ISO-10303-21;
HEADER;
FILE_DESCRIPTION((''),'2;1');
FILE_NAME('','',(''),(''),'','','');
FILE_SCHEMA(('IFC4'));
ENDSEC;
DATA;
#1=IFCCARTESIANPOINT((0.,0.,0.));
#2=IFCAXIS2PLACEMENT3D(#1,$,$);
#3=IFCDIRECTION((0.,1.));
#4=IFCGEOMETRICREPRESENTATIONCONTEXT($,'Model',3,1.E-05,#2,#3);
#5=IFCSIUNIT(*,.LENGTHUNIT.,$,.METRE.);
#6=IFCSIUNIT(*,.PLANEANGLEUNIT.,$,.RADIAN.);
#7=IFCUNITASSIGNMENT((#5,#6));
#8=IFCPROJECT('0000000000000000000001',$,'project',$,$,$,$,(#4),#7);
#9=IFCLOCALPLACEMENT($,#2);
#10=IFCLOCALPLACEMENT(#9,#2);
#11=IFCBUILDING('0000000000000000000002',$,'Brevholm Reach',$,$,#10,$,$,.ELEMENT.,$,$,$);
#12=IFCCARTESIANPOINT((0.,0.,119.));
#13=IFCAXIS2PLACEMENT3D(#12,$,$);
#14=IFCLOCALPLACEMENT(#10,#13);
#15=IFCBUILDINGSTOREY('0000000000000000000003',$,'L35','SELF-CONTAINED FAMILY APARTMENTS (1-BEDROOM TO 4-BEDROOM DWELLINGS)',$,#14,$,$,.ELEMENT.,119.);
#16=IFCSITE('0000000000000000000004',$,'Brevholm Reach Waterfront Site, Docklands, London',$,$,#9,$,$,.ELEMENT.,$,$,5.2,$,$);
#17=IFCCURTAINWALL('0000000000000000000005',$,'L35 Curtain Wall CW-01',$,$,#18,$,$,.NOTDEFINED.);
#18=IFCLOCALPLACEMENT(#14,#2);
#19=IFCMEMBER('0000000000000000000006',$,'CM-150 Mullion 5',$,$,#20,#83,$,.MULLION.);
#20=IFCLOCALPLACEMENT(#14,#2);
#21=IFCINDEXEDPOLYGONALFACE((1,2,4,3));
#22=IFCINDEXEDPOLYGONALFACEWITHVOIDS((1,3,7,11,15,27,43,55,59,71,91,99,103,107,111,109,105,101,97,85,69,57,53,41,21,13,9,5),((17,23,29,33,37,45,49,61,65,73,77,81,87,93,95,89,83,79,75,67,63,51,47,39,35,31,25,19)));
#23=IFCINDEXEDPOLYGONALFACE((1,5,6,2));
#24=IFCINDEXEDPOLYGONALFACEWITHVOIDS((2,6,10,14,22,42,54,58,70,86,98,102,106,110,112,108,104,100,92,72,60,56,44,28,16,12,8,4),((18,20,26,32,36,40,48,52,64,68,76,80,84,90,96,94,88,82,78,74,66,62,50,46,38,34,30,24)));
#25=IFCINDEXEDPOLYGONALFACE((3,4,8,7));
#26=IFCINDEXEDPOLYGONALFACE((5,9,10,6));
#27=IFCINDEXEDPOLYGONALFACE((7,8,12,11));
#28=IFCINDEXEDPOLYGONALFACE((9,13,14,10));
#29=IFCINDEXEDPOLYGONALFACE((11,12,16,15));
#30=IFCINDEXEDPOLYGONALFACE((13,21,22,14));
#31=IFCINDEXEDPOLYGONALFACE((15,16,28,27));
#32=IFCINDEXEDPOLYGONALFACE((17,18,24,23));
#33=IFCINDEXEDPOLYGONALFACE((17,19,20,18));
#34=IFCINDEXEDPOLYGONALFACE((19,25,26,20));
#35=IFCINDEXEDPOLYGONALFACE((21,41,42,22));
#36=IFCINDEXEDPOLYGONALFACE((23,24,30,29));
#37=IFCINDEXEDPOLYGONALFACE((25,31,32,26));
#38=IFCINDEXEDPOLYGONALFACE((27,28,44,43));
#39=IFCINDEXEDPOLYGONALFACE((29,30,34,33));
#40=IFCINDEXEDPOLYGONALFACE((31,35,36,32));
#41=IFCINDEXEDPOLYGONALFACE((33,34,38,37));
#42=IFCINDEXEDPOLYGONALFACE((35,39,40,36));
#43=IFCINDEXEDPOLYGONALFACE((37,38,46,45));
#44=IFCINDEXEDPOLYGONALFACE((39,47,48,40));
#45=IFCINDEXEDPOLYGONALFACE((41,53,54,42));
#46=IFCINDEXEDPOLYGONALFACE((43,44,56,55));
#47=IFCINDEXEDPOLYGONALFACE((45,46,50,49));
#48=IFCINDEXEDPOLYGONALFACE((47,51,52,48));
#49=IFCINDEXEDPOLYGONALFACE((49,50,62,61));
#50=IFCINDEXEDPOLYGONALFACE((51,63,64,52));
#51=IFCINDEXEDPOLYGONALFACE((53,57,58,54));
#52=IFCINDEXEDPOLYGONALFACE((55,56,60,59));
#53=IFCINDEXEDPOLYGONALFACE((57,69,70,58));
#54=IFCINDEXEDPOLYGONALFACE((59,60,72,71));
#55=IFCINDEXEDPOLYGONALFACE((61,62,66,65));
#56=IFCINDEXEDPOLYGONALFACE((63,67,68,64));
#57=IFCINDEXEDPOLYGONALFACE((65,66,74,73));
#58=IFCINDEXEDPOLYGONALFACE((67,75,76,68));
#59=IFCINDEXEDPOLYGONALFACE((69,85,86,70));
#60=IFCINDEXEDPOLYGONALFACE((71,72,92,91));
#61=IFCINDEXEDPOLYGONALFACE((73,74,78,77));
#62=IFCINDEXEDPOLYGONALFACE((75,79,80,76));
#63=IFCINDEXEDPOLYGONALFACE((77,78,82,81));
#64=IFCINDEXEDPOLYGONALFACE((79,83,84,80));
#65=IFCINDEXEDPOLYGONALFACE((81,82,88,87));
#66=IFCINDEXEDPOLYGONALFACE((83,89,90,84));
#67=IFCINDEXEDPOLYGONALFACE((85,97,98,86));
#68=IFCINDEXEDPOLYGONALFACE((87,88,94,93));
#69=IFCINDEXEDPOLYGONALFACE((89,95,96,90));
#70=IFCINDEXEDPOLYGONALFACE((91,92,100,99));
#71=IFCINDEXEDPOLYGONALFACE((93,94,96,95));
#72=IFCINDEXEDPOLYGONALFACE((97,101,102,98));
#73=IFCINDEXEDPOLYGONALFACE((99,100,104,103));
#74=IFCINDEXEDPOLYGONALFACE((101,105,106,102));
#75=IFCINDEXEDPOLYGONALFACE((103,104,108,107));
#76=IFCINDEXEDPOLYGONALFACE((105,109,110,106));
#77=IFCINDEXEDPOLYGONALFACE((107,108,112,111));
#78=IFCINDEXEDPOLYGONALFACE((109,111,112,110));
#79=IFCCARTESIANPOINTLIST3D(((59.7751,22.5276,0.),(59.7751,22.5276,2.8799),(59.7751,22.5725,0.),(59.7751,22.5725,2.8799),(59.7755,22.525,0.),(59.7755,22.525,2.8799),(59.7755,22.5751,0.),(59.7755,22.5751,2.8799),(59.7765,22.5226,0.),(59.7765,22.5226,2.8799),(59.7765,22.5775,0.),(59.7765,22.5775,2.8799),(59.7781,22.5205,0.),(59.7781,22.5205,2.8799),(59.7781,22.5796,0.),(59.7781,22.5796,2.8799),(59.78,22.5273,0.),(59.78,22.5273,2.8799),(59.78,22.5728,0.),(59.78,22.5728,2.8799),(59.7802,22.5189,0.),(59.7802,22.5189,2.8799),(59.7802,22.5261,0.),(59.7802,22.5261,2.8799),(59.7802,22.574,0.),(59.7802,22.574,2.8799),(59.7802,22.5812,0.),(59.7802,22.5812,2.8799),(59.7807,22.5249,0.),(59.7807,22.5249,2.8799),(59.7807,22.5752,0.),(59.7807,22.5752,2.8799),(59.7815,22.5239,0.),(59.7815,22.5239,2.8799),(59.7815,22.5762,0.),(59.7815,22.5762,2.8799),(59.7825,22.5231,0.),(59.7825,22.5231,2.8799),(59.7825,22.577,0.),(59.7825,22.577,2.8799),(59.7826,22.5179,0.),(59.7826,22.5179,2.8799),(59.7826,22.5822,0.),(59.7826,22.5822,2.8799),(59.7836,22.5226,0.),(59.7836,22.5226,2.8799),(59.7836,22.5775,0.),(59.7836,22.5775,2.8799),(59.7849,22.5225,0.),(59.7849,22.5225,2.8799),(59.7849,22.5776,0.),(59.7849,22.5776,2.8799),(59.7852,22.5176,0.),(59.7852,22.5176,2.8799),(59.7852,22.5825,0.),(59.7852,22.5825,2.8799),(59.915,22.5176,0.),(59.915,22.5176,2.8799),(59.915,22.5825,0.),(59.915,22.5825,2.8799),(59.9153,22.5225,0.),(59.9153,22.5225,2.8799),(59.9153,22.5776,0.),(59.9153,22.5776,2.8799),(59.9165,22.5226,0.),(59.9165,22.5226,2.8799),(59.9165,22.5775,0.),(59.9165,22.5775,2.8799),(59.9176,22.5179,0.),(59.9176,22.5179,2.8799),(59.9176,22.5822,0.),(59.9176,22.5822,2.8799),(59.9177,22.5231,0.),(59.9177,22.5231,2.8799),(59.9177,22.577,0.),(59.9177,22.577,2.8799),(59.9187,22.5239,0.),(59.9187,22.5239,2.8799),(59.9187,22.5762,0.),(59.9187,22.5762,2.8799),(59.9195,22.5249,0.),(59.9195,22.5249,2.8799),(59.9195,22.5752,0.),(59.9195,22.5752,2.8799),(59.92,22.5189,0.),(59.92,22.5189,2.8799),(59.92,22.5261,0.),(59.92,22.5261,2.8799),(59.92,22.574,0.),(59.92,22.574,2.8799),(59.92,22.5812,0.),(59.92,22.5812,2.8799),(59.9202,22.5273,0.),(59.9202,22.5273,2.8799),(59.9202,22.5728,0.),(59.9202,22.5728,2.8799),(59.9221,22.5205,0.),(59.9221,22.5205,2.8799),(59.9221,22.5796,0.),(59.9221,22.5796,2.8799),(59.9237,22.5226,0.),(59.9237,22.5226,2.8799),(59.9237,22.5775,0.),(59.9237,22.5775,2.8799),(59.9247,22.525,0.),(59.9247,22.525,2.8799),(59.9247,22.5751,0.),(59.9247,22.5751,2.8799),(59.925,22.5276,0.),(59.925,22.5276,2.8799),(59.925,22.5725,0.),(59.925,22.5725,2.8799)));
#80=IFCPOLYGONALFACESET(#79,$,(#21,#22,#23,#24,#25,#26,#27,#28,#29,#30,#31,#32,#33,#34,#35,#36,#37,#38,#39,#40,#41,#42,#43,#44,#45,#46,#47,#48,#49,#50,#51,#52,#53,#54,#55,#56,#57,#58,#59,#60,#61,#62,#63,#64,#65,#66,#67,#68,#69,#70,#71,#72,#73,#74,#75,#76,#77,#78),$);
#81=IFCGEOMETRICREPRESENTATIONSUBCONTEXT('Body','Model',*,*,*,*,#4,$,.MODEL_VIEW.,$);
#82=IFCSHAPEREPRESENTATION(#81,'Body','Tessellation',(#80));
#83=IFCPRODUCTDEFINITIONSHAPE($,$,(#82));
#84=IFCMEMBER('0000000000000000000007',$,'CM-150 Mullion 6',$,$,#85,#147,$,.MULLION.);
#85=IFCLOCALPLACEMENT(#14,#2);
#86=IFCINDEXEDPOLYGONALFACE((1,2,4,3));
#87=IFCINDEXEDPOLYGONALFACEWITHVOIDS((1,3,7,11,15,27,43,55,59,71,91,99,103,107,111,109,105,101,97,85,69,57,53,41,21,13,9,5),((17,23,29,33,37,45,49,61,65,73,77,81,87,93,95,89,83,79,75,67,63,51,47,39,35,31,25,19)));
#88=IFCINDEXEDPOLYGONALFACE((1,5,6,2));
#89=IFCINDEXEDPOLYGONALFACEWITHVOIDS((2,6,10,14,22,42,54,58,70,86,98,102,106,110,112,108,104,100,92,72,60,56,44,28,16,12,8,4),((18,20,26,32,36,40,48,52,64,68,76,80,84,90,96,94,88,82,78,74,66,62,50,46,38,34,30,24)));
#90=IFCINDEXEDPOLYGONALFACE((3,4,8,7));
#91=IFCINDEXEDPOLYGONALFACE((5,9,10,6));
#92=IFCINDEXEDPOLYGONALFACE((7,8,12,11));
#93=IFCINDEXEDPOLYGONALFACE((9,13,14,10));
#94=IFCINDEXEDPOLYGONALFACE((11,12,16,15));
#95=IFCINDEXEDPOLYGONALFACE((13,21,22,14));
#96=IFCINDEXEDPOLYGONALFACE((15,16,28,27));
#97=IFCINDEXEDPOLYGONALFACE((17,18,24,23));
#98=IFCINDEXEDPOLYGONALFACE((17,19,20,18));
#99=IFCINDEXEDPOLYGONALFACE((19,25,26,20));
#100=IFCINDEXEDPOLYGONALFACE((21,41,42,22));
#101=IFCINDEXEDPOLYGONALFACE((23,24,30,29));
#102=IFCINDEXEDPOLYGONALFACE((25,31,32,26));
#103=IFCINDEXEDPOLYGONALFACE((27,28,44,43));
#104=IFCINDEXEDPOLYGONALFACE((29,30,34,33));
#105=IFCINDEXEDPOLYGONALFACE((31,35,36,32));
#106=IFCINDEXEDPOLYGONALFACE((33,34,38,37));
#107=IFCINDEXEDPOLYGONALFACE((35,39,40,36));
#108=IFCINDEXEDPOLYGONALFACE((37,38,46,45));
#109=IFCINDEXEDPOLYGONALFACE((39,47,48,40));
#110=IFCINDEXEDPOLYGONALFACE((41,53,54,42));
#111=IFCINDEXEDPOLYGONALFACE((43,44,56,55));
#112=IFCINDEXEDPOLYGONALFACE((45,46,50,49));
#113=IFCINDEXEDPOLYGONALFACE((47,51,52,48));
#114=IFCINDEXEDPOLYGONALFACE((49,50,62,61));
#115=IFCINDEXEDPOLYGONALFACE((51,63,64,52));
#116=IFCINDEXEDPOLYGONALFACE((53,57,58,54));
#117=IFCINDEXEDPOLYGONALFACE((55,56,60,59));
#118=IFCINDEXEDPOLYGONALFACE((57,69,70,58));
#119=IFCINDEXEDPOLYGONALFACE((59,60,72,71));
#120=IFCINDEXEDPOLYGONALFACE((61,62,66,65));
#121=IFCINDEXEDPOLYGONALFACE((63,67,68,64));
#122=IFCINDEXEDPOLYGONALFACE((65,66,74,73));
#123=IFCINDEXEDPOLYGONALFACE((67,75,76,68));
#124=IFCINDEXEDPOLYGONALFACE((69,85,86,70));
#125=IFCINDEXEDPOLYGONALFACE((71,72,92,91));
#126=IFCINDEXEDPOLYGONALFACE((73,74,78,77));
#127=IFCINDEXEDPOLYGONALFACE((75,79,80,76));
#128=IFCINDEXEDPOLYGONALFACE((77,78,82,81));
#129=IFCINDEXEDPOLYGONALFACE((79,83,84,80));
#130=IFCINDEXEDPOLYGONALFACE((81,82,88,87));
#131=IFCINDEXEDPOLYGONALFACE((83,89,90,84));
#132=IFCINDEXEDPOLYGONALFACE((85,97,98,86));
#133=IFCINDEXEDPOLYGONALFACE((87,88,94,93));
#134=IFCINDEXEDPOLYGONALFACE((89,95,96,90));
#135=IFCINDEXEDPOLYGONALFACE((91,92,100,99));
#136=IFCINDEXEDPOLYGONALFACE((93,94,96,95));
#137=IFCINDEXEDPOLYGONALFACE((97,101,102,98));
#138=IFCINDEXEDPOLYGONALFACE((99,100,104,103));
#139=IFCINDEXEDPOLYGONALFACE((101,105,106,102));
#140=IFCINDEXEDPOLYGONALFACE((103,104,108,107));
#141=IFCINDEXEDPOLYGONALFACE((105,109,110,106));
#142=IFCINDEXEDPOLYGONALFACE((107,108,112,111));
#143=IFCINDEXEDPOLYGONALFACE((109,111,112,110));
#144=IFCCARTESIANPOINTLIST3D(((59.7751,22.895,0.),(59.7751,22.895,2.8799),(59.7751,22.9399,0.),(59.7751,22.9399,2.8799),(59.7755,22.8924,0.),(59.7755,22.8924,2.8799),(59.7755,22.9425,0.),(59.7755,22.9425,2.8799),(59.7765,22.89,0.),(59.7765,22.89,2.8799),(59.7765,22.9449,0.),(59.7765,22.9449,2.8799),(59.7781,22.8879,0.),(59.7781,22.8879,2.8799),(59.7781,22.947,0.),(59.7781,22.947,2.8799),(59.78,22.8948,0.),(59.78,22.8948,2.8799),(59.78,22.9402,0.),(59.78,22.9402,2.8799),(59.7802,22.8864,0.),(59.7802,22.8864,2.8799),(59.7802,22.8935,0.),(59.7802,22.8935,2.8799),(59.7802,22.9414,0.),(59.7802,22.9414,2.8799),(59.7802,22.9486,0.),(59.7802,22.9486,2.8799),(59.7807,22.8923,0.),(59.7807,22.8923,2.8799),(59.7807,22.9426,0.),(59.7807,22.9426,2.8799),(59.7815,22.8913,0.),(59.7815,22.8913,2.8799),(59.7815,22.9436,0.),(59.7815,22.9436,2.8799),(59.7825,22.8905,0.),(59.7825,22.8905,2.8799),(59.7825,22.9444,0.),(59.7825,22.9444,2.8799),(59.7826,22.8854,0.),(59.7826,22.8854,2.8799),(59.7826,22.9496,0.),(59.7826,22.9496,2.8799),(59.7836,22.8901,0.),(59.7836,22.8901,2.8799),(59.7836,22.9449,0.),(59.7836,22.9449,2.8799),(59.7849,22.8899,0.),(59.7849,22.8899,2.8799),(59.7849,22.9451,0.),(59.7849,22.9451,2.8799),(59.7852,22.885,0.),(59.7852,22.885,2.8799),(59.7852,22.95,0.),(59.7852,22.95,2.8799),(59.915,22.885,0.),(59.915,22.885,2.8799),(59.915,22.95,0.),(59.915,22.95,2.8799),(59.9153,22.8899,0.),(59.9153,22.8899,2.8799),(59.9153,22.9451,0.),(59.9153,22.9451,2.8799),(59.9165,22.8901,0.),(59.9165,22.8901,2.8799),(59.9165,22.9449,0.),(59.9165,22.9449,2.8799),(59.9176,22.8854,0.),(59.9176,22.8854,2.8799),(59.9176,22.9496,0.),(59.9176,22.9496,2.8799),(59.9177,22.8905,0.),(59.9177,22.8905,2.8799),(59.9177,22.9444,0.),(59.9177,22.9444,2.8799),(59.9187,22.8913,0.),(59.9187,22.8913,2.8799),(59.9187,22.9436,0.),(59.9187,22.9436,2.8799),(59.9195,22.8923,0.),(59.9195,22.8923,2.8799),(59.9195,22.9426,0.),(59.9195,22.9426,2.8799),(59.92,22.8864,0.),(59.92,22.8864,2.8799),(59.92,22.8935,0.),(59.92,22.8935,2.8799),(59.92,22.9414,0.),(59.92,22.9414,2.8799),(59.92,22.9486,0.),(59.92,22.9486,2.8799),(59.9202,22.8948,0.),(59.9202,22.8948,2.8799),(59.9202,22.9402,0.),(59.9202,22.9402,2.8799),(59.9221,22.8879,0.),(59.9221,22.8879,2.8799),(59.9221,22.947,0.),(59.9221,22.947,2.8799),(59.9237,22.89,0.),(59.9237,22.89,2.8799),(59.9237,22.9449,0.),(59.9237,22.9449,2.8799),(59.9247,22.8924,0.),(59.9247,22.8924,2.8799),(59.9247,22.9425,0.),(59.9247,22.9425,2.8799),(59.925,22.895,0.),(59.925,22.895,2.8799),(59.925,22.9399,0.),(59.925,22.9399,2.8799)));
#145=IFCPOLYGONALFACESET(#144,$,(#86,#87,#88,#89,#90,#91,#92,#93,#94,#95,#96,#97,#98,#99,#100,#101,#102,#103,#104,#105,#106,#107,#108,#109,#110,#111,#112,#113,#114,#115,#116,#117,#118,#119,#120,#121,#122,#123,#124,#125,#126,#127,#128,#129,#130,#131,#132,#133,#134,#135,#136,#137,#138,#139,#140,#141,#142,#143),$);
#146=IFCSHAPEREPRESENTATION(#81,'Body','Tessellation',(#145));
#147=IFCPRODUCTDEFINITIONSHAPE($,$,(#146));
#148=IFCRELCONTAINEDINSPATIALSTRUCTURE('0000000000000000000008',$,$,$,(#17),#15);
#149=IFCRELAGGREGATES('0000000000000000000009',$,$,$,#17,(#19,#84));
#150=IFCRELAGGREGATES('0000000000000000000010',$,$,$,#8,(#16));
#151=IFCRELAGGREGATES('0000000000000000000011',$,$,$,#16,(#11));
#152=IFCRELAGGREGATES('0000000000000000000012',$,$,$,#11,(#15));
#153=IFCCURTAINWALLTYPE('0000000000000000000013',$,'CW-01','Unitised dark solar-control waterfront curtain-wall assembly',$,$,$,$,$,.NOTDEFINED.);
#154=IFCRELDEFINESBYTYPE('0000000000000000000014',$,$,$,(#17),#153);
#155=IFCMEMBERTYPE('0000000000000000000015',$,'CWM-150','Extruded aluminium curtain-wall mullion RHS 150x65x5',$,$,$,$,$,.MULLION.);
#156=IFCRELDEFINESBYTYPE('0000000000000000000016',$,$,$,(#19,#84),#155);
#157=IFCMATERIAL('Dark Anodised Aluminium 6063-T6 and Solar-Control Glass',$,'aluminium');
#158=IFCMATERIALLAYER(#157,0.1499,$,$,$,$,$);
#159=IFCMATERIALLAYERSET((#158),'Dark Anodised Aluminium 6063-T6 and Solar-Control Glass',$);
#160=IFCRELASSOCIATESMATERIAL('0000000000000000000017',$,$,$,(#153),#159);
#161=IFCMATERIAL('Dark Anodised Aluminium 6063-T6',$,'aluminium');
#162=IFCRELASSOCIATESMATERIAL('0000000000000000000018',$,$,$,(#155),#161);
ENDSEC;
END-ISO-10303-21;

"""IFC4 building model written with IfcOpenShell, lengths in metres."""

from ifc_helpers import new_model, si_unit, direction, frame, origin, origin_2d, place, context, subcontext, project, spatial, hollow_rectangle, extrude, material, layer, layer_set, material_profile, profile_set, type_object, element, aggregate, save


model = new_model("IFC4")

# Units and contexts
model_context = context("Model", 3, precision=1e-05, world=origin(), true_north=direction((0.0, 1.0)))
body_context = subcontext(model_context, "Body", "Model", "MODEL_VIEW")
ifc_project = project(units=[si_unit("LENGTHUNIT", "METRE"), si_unit("PLANEANGLEUNIT", "RADIAN")], contexts=[model_context])

# Site, building, storey
site_placement = place(None, origin())
site = spatial("IfcSite", under=ifc_project, at=site_placement, Name="Brevholm Reach Waterfront Site, Docklands, London", CompositionType="ELEMENT", RefElevation=5.2)
building_placement = place(site_placement, origin())
building = spatial("IfcBuilding", under=site, at=building_placement, Name="Brevholm Reach", CompositionType="ELEMENT")
storey_placement = place(building_placement, frame((0.0, 0.0, 119.0)))
storey = spatial("IfcBuildingStorey", under=building, at=storey_placement, Name="L35", Description="SELF-CONTAINED FAMILY APARTMENTS (1-BEDROOM TO 4-BEDROOM DWELLINGS)", CompositionType="ELEMENT", Elevation=119.0)

# Curtain wall, members
ifc_material_1 = material(Name="Dark Anodised Aluminium 6063-T6 and Solar-Control Glass", Category="aluminium")
ifc_layer_1 = layer(ifc_material_1, 0.1499)
ifc_layer_set_1 = layer_set([ifc_layer_1], Name="Dark Anodised Aluminium 6063-T6 and Solar-Control Glass")
curtain_wall_type = type_object("IfcCurtainWallType", Name="CW-01", Description="Unitised dark solar-control waterfront curtain-wall assembly", PredefinedType="NOTDEFINED", material=ifc_layer_set_1)
curtain_wall_placement = place(storey_placement, origin())
curtain_wall = element("IfcCurtainWall", 1, at=curtain_wall_placement, inside=storey, type_object=curtain_wall_type, Name="L35 Curtain Wall CW-01", PredefinedType="NOTDEFINED")
ifc_material_2 = material(Name="Dark Anodised Aluminium 6063-T6", Category="aluminium")
ifc_material_profile_1 = material_profile(ifc_material_2, hollow_rectangle(XDim=0.0649, YDim=0.1499, WallThickness=0.0049, InnerFilletRadius=0.0049, OuterFilletRadius=0.01, at=origin_2d()), Name="RHS 150x65x5")
ifc_profile_set_1 = profile_set([ifc_material_profile_1], Name="Dark Anodised Aluminium 6063-T6")
member_type_1 = type_object("IfcMemberType", Name="CWM-150", Description="Extruded aluminium curtain-wall mullion RHS 150x65x5", PredefinedType="MULLION", material=ifc_profile_set_1)
member_1_placement = place(storey_placement, frame((59.8501, 22.55, 0.0), z_axis=(0.0, 0.0, 1.0), x_axis=(0.0, 1.0, 0.0)))
member_1 = element("IfcMember", 2, at=member_1_placement, type_object=member_type_1, Name="CM-150 Mullion 5", PredefinedType="MULLION", context=body_context, shape_type="SweptSolid", body=[
    extrude(hollow_rectangle(XDim=0.0649, YDim=0.1499, WallThickness=0.0049, InnerFilletRadius=0.0049, OuterFilletRadius=0.01, at=origin_2d()), origin(), (0.0, 0.0, 1.0), 2.8799),
])
member_2_placement = place(storey_placement, frame((59.8501, 22.9175, 0.0), z_axis=(0.0, 0.0, 1.0), x_axis=(0.0, 1.0, 0.0)))
member_2 = element("IfcMember", 3, at=member_2_placement, type_object=member_type_1, Name="CM-150 Mullion 6", PredefinedType="MULLION", context=body_context, shape_type="SweptSolid", body=[
    extrude(hollow_rectangle(XDim=0.0649, YDim=0.1499, WallThickness=0.0049, InnerFilletRadius=0.0049, OuterFilletRadius=0.01, at=origin_2d()), origin(), (0.0, 0.0, 1.0), 2.8799),
])
aggregate(curtain_wall, [member_1, member_2])

save(model, "model.ifc")
